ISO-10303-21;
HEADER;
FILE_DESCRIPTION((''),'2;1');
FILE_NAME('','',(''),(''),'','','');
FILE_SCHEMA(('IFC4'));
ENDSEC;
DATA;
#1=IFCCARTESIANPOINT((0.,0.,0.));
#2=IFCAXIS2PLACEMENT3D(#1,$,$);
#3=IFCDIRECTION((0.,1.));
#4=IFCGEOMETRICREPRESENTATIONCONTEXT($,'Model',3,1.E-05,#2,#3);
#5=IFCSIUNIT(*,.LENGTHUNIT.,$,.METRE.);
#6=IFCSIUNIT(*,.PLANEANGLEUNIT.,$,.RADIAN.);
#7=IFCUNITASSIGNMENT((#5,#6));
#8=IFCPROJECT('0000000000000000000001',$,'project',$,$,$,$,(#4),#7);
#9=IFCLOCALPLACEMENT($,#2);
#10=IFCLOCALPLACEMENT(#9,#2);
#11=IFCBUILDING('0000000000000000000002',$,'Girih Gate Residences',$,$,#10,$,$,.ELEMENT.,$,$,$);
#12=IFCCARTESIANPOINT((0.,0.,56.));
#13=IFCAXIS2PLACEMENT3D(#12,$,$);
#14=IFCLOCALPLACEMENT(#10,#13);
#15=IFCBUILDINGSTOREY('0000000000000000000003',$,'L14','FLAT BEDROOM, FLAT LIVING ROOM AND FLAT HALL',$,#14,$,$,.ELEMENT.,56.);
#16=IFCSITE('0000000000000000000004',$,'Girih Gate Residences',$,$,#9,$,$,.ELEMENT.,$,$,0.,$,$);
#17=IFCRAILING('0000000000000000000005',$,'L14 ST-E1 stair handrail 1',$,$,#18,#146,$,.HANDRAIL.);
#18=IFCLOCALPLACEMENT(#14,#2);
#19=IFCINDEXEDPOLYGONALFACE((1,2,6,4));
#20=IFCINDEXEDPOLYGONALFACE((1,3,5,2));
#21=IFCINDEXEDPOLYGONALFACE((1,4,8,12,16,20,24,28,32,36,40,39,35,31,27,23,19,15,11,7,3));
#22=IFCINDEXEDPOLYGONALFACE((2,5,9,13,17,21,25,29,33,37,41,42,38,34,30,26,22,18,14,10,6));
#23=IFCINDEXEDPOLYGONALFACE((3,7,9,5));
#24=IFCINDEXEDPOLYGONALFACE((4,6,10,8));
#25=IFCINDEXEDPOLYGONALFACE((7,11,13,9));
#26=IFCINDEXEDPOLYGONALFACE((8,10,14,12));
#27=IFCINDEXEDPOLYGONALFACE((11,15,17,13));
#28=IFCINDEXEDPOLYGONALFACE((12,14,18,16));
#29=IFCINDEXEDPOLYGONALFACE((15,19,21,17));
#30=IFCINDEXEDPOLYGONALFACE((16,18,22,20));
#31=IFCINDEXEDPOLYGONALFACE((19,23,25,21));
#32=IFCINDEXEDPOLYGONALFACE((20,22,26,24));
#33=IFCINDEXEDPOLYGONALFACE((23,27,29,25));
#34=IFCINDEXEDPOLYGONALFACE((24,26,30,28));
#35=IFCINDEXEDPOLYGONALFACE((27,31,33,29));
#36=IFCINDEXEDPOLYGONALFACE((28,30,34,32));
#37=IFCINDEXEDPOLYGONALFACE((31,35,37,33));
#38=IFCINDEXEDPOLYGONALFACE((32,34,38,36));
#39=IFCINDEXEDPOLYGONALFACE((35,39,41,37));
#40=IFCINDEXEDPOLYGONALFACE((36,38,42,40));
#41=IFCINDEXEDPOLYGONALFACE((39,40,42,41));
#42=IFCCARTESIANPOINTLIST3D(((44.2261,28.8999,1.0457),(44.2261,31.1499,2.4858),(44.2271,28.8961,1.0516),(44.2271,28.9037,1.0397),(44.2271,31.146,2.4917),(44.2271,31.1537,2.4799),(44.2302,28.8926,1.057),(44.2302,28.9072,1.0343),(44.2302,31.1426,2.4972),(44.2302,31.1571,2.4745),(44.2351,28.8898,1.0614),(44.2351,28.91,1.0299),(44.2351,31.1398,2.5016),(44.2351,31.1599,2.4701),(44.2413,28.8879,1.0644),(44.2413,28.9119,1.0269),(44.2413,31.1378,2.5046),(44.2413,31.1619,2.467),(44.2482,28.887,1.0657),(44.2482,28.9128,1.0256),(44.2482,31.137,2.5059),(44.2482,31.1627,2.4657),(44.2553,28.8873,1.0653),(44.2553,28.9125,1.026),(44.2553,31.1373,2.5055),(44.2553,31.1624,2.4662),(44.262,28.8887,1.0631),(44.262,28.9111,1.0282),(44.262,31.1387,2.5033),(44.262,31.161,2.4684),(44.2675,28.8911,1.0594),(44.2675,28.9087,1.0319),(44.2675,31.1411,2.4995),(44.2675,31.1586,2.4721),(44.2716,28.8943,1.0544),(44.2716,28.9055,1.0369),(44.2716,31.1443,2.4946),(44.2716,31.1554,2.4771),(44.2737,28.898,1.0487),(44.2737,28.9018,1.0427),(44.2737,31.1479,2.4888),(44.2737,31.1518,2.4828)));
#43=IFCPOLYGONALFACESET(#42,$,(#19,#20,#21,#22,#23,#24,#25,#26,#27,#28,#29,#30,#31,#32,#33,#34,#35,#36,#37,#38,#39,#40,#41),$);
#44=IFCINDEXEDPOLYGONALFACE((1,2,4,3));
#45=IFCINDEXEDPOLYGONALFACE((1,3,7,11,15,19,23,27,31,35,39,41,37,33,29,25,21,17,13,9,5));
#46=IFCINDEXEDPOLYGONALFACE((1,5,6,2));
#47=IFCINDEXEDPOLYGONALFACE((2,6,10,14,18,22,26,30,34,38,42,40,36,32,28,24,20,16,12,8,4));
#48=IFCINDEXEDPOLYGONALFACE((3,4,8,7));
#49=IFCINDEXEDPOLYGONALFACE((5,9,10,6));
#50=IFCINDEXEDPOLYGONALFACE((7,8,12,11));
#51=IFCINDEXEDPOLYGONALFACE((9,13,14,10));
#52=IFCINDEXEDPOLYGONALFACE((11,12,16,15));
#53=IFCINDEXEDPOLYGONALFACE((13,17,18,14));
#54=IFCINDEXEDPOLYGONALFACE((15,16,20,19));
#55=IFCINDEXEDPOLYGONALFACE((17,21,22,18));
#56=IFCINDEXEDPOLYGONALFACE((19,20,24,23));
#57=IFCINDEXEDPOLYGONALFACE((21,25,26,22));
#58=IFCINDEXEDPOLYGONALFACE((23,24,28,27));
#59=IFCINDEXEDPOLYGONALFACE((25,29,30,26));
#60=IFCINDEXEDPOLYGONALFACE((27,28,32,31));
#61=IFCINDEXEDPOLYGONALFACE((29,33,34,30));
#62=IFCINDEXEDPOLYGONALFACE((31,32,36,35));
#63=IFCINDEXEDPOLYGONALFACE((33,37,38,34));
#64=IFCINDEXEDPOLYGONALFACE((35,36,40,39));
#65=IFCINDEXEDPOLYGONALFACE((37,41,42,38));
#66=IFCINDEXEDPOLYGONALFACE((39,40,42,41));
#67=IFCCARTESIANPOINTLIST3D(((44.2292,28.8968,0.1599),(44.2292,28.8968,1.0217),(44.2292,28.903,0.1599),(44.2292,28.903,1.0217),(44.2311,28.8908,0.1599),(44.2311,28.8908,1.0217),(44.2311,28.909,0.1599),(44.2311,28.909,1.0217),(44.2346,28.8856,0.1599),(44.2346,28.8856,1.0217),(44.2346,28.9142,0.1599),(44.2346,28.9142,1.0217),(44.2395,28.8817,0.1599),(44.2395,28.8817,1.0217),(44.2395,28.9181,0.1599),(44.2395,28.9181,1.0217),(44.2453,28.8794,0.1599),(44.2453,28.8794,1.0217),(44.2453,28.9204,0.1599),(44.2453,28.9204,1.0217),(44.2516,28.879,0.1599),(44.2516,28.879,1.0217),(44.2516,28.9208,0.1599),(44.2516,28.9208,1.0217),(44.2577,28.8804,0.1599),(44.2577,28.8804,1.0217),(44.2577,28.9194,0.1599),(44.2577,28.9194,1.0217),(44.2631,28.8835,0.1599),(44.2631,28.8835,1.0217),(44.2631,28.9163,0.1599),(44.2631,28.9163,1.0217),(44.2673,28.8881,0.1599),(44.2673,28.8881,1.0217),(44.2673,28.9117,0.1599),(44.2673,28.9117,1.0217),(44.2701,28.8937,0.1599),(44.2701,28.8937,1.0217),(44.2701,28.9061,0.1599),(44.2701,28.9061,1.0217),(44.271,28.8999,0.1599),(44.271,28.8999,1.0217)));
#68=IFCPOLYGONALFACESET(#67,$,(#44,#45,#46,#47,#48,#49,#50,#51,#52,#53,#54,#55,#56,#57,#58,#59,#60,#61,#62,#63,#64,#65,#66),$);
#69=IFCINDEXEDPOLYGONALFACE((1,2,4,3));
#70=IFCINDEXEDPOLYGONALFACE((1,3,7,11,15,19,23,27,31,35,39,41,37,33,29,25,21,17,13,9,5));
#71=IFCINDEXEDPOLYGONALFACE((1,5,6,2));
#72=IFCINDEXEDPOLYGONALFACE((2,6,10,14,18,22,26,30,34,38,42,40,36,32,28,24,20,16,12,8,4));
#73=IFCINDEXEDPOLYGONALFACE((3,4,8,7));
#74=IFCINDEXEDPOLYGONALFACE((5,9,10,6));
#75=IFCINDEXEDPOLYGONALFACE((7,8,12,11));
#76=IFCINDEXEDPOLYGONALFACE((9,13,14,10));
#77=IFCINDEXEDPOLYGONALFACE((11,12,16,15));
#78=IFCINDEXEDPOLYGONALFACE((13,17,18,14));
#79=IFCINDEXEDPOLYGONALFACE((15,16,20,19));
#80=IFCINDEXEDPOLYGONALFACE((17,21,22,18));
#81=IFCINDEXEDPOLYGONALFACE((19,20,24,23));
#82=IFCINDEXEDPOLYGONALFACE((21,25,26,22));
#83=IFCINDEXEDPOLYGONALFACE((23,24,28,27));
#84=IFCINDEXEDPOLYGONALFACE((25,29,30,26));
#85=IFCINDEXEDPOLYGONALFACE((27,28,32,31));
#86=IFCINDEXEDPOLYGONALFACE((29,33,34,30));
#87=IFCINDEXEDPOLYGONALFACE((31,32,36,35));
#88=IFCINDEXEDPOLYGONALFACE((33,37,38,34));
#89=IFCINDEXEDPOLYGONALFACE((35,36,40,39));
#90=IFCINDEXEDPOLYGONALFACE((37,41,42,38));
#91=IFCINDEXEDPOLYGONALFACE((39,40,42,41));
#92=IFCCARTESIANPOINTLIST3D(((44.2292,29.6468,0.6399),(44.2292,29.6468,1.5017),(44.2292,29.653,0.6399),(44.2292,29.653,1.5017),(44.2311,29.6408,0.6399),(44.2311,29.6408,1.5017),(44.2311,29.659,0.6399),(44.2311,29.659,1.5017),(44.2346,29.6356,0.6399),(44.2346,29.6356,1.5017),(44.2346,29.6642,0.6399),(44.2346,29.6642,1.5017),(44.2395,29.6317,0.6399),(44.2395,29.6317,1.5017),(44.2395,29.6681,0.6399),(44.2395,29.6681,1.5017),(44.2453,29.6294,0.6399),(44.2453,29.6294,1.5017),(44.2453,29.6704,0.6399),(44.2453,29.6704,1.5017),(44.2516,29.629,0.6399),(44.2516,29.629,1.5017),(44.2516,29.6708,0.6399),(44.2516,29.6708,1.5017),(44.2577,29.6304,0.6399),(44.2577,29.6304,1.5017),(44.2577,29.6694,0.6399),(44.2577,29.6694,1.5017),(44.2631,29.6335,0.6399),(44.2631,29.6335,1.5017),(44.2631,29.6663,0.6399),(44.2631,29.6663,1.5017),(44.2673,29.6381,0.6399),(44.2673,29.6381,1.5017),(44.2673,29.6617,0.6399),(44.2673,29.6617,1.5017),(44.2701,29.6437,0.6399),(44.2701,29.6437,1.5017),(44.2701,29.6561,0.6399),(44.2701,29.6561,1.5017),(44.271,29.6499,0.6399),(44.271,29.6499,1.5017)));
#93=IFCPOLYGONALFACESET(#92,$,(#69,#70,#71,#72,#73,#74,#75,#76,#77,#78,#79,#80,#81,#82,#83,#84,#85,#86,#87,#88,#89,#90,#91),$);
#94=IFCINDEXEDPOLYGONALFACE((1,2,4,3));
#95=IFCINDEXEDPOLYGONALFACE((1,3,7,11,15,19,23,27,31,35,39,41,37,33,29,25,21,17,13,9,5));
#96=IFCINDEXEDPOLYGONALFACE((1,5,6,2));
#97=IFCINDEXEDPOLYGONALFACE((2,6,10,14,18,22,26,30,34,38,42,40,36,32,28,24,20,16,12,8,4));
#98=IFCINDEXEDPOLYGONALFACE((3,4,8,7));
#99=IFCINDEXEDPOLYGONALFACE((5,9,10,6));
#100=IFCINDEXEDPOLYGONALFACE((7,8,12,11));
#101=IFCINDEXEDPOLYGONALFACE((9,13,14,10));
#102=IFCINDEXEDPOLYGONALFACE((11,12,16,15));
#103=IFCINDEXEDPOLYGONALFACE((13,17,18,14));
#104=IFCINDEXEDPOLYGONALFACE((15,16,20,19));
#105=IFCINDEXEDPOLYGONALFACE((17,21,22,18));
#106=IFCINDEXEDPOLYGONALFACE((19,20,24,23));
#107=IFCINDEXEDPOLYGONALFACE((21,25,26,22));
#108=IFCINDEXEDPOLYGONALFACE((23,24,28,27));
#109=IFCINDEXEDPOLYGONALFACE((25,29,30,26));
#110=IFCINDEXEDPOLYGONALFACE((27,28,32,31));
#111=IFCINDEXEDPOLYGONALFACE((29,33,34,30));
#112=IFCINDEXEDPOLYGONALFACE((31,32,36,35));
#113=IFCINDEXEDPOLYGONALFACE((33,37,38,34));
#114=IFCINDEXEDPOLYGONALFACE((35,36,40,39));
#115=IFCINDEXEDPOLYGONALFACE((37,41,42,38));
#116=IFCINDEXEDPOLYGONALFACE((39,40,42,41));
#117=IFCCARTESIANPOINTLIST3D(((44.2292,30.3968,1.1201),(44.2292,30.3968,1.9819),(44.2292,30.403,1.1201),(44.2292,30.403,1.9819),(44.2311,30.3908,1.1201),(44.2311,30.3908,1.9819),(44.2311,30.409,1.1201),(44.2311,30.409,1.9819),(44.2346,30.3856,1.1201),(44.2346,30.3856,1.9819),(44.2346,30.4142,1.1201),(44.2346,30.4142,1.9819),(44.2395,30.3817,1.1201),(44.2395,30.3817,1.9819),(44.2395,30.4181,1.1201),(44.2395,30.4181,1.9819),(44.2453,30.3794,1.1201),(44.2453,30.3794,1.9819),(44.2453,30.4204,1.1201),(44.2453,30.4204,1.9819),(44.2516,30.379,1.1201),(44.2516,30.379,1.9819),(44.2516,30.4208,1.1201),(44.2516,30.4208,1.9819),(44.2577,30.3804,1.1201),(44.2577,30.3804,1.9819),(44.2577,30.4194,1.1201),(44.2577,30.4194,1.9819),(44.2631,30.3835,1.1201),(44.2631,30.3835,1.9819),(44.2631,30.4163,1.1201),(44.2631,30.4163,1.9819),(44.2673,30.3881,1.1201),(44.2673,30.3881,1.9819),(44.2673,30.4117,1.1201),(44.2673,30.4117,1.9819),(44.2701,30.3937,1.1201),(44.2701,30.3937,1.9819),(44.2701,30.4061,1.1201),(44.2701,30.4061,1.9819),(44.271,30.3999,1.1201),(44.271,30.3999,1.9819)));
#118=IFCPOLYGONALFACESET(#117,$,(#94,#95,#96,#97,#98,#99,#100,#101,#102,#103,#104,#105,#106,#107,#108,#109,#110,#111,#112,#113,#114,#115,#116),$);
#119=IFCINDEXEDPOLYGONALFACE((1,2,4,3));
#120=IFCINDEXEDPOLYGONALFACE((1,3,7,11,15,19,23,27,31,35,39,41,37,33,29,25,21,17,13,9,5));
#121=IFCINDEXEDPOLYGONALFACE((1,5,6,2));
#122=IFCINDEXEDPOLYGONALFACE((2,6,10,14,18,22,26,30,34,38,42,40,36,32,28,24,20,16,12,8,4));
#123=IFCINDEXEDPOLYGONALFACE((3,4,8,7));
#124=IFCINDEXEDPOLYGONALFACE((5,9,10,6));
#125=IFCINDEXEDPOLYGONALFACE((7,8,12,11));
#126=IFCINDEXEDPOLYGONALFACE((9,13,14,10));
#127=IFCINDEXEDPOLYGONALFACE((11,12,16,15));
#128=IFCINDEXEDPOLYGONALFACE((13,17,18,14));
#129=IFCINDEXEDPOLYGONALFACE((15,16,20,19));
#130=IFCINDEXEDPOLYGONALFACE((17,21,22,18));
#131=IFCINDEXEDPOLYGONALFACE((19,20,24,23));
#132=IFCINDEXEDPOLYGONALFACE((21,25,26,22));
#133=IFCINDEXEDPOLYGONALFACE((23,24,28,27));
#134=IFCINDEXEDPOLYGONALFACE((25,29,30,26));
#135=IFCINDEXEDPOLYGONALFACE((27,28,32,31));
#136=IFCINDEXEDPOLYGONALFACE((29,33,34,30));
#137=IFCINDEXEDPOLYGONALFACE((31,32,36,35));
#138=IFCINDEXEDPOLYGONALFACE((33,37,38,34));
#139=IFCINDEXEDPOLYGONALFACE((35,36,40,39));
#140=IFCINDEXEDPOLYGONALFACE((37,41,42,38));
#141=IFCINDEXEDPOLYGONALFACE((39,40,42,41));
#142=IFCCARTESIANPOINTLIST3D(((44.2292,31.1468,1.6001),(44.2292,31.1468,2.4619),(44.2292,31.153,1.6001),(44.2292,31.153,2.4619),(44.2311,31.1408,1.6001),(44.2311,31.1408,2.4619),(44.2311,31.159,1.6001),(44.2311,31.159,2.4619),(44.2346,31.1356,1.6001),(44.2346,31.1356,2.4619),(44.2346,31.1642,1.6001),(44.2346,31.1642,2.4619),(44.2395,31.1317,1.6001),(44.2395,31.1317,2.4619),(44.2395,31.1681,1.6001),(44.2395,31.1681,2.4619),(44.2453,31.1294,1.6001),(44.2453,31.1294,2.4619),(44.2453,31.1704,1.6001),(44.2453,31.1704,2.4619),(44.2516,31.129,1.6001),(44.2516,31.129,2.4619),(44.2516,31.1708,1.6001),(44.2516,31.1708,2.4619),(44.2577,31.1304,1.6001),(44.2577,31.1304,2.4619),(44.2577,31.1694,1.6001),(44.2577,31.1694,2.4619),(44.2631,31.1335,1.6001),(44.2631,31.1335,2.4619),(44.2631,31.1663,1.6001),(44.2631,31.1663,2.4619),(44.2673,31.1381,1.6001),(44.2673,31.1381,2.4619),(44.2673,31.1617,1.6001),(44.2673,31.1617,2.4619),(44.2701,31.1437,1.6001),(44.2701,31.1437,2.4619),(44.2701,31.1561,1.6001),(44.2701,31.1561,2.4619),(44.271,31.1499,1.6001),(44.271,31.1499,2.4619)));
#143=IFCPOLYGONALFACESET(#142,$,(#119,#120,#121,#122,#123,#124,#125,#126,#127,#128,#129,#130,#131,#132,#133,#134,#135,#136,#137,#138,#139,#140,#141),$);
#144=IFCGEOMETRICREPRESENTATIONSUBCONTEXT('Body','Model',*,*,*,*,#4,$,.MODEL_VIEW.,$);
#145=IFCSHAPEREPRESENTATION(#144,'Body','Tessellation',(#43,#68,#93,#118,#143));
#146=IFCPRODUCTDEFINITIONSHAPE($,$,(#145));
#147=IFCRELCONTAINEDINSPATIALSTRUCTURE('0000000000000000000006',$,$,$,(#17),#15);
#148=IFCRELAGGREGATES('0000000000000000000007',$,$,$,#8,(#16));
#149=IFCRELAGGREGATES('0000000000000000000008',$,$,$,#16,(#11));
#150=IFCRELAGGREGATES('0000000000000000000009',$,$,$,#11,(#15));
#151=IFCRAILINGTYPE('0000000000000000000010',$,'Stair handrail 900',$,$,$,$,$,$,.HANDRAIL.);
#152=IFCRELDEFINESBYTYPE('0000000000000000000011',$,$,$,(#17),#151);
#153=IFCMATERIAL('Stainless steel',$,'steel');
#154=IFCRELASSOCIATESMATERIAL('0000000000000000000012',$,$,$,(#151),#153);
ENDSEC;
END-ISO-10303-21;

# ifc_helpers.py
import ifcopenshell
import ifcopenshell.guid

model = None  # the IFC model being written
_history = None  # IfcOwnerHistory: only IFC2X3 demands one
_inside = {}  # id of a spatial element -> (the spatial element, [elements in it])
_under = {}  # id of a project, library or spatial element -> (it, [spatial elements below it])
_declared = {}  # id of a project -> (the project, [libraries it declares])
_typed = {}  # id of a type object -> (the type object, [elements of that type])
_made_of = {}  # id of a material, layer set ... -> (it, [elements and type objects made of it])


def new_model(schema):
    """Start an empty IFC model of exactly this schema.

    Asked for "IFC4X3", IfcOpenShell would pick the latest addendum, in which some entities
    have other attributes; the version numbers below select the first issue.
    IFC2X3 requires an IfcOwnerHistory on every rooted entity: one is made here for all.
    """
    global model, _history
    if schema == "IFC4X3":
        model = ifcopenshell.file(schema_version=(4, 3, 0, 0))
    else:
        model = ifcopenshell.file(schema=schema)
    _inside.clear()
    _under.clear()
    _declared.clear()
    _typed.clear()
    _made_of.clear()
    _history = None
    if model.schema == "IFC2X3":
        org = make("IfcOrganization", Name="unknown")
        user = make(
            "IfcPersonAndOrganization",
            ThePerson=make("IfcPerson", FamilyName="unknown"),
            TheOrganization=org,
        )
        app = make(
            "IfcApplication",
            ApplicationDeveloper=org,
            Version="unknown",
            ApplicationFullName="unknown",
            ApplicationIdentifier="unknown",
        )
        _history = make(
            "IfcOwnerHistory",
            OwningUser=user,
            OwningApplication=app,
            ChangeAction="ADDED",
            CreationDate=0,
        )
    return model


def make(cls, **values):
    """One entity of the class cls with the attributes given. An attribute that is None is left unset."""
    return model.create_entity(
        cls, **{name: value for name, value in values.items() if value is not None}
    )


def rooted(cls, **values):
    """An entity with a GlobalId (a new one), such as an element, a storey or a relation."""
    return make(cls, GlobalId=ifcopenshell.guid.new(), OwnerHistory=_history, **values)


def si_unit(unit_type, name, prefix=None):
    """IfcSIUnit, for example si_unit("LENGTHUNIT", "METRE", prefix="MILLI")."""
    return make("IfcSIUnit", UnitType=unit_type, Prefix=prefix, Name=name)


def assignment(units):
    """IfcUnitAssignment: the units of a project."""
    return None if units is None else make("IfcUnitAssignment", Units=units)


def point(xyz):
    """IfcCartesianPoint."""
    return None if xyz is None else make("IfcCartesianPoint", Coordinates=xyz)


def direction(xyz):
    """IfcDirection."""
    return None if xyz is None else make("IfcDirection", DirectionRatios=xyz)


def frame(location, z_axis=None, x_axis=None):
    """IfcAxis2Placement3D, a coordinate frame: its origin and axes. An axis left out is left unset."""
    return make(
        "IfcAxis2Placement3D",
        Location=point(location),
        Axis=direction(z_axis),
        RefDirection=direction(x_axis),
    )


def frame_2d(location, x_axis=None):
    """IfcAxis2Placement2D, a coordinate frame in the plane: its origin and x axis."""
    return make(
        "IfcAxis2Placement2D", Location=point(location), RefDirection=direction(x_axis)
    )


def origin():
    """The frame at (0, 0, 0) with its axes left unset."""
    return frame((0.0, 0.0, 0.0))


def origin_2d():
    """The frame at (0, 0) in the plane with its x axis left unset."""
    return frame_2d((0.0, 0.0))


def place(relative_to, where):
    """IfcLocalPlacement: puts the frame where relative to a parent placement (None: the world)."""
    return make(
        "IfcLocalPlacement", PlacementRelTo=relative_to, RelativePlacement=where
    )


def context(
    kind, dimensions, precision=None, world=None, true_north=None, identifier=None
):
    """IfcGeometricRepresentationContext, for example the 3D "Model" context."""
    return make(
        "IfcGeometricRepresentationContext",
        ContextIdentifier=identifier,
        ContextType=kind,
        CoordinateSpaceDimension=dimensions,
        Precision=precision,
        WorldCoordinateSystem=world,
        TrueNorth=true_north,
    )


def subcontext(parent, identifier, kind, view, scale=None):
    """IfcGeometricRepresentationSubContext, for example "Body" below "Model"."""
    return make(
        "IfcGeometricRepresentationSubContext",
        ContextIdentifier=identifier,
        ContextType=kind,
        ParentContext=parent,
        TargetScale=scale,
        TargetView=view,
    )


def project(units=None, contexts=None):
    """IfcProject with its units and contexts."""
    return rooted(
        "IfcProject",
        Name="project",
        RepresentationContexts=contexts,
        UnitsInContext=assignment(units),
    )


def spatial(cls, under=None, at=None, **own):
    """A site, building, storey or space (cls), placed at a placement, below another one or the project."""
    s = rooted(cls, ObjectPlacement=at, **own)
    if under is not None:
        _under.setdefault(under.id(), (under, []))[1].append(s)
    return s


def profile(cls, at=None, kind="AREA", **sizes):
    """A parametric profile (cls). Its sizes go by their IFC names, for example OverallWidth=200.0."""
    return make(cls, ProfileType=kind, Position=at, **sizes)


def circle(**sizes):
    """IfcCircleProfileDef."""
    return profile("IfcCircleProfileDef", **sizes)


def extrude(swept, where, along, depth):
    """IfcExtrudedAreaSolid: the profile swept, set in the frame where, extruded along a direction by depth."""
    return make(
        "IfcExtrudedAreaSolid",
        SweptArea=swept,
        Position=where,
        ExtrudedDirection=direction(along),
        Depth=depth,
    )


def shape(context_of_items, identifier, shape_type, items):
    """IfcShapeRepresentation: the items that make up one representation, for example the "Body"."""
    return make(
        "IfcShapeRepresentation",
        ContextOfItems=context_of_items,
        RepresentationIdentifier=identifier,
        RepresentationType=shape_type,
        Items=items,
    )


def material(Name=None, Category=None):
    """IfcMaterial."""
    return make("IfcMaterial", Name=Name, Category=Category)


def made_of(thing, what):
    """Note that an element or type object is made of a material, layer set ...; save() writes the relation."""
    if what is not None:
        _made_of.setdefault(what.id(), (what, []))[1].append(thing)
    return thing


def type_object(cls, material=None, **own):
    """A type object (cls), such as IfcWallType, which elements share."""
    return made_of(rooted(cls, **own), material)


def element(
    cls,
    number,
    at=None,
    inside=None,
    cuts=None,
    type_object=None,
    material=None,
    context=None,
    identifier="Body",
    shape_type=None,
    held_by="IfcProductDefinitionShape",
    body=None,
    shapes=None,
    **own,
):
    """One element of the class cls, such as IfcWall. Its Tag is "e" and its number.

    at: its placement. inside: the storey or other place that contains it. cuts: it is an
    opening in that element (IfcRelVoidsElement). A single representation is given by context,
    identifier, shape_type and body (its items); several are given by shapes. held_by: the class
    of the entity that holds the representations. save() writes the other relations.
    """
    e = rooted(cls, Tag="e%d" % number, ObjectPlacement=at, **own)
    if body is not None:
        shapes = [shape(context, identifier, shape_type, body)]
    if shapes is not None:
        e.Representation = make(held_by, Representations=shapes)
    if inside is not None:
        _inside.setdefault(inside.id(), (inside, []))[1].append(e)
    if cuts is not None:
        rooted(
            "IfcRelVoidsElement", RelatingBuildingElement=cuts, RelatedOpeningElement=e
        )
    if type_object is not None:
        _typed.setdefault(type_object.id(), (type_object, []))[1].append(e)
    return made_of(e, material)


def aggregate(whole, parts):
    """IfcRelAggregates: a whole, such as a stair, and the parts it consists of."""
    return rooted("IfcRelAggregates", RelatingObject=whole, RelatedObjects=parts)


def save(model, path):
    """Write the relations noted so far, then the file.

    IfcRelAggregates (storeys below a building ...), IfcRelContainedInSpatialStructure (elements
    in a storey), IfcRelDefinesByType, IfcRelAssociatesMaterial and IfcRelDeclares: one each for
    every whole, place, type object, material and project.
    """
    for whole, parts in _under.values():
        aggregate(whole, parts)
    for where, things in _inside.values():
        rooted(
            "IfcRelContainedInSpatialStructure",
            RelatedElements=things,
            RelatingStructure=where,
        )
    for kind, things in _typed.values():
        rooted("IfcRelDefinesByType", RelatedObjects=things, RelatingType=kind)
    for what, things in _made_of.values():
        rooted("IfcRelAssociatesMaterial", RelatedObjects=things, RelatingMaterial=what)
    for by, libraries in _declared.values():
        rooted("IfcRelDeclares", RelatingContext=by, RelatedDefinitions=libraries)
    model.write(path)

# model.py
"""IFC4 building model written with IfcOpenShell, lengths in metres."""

from ifc_helpers import new_model, si_unit, direction, frame, origin, origin_2d, place, context, subcontext, project, spatial, circle, extrude, material, type_object, element, save


model = new_model("IFC4")

# Units and contexts
model_context = context("Model", 3, precision=1e-05, world=origin(), true_north=direction((0.0, 1.0)))
body_context = subcontext(model_context, "Body", "Model", "MODEL_VIEW")
ifc_project = project(units=[si_unit("LENGTHUNIT", "METRE"), si_unit("PLANEANGLEUNIT", "RADIAN")], contexts=[model_context])

# Site, building, storey
site_placement = place(None, origin())
site = spatial("IfcSite", under=ifc_project, at=site_placement, Name="Girih Gate Residences", CompositionType="ELEMENT", RefElevation=0.0)
building_placement = place(site_placement, origin())
building = spatial("IfcBuilding", under=site, at=building_placement, Name="Girih Gate Residences", CompositionType="ELEMENT")
storey_placement = place(building_placement, frame((0.0, 0.0, 56.0)))
storey = spatial("IfcBuildingStorey", under=building, at=storey_placement, Name="L14", Description="FLAT BEDROOM, FLAT LIVING ROOM AND FLAT HALL", CompositionType="ELEMENT", Elevation=56.0)

# Railing
ifc_material_1 = material(Name="Stainless steel", Category="steel")
railing_type_1 = type_object("IfcRailingType", Name="Stair handrail 900", PredefinedType="HANDRAIL", material=ifc_material_1)
railing_1_placement = place(storey_placement, frame((44.25, 28.8999, 0.1599)))
element("IfcRailing", 1, at=railing_1_placement, inside=storey, type_object=railing_type_1, Name="L14 ST-E1 stair handrail 1", PredefinedType="HANDRAIL", context=body_context, shape_type="SweptSolid", body=[
    extrude(circle(Radius=0.0239, at=origin_2d()), frame((0.0, 0.0, 0.8857), z_axis=(0.0, 0.84224, 0.539103), x_axis=(-1.0, 0.0, 0.0)), (0.0, 0.0, 1.0), 2.6714),
    extrude(circle(Radius=0.021, at=origin_2d()), origin(), (0.0, 0.0, 1.0), 0.8618),
    extrude(circle(Radius=0.021, at=origin_2d()), frame((0.0, 0.75, 0.48)), (0.0, 0.0, 1.0), 0.8618),
    extrude(circle(Radius=0.021, at=origin_2d()), frame((0.0, 1.5, 0.9602)), (0.0, 0.0, 1.0), 0.8618),
    extrude(circle(Radius=0.021, at=origin_2d()), frame((0.0, 2.25, 1.4402)), (0.0, 0.0, 1.0), 0.8618),
])

save(model, "model.ifc")
